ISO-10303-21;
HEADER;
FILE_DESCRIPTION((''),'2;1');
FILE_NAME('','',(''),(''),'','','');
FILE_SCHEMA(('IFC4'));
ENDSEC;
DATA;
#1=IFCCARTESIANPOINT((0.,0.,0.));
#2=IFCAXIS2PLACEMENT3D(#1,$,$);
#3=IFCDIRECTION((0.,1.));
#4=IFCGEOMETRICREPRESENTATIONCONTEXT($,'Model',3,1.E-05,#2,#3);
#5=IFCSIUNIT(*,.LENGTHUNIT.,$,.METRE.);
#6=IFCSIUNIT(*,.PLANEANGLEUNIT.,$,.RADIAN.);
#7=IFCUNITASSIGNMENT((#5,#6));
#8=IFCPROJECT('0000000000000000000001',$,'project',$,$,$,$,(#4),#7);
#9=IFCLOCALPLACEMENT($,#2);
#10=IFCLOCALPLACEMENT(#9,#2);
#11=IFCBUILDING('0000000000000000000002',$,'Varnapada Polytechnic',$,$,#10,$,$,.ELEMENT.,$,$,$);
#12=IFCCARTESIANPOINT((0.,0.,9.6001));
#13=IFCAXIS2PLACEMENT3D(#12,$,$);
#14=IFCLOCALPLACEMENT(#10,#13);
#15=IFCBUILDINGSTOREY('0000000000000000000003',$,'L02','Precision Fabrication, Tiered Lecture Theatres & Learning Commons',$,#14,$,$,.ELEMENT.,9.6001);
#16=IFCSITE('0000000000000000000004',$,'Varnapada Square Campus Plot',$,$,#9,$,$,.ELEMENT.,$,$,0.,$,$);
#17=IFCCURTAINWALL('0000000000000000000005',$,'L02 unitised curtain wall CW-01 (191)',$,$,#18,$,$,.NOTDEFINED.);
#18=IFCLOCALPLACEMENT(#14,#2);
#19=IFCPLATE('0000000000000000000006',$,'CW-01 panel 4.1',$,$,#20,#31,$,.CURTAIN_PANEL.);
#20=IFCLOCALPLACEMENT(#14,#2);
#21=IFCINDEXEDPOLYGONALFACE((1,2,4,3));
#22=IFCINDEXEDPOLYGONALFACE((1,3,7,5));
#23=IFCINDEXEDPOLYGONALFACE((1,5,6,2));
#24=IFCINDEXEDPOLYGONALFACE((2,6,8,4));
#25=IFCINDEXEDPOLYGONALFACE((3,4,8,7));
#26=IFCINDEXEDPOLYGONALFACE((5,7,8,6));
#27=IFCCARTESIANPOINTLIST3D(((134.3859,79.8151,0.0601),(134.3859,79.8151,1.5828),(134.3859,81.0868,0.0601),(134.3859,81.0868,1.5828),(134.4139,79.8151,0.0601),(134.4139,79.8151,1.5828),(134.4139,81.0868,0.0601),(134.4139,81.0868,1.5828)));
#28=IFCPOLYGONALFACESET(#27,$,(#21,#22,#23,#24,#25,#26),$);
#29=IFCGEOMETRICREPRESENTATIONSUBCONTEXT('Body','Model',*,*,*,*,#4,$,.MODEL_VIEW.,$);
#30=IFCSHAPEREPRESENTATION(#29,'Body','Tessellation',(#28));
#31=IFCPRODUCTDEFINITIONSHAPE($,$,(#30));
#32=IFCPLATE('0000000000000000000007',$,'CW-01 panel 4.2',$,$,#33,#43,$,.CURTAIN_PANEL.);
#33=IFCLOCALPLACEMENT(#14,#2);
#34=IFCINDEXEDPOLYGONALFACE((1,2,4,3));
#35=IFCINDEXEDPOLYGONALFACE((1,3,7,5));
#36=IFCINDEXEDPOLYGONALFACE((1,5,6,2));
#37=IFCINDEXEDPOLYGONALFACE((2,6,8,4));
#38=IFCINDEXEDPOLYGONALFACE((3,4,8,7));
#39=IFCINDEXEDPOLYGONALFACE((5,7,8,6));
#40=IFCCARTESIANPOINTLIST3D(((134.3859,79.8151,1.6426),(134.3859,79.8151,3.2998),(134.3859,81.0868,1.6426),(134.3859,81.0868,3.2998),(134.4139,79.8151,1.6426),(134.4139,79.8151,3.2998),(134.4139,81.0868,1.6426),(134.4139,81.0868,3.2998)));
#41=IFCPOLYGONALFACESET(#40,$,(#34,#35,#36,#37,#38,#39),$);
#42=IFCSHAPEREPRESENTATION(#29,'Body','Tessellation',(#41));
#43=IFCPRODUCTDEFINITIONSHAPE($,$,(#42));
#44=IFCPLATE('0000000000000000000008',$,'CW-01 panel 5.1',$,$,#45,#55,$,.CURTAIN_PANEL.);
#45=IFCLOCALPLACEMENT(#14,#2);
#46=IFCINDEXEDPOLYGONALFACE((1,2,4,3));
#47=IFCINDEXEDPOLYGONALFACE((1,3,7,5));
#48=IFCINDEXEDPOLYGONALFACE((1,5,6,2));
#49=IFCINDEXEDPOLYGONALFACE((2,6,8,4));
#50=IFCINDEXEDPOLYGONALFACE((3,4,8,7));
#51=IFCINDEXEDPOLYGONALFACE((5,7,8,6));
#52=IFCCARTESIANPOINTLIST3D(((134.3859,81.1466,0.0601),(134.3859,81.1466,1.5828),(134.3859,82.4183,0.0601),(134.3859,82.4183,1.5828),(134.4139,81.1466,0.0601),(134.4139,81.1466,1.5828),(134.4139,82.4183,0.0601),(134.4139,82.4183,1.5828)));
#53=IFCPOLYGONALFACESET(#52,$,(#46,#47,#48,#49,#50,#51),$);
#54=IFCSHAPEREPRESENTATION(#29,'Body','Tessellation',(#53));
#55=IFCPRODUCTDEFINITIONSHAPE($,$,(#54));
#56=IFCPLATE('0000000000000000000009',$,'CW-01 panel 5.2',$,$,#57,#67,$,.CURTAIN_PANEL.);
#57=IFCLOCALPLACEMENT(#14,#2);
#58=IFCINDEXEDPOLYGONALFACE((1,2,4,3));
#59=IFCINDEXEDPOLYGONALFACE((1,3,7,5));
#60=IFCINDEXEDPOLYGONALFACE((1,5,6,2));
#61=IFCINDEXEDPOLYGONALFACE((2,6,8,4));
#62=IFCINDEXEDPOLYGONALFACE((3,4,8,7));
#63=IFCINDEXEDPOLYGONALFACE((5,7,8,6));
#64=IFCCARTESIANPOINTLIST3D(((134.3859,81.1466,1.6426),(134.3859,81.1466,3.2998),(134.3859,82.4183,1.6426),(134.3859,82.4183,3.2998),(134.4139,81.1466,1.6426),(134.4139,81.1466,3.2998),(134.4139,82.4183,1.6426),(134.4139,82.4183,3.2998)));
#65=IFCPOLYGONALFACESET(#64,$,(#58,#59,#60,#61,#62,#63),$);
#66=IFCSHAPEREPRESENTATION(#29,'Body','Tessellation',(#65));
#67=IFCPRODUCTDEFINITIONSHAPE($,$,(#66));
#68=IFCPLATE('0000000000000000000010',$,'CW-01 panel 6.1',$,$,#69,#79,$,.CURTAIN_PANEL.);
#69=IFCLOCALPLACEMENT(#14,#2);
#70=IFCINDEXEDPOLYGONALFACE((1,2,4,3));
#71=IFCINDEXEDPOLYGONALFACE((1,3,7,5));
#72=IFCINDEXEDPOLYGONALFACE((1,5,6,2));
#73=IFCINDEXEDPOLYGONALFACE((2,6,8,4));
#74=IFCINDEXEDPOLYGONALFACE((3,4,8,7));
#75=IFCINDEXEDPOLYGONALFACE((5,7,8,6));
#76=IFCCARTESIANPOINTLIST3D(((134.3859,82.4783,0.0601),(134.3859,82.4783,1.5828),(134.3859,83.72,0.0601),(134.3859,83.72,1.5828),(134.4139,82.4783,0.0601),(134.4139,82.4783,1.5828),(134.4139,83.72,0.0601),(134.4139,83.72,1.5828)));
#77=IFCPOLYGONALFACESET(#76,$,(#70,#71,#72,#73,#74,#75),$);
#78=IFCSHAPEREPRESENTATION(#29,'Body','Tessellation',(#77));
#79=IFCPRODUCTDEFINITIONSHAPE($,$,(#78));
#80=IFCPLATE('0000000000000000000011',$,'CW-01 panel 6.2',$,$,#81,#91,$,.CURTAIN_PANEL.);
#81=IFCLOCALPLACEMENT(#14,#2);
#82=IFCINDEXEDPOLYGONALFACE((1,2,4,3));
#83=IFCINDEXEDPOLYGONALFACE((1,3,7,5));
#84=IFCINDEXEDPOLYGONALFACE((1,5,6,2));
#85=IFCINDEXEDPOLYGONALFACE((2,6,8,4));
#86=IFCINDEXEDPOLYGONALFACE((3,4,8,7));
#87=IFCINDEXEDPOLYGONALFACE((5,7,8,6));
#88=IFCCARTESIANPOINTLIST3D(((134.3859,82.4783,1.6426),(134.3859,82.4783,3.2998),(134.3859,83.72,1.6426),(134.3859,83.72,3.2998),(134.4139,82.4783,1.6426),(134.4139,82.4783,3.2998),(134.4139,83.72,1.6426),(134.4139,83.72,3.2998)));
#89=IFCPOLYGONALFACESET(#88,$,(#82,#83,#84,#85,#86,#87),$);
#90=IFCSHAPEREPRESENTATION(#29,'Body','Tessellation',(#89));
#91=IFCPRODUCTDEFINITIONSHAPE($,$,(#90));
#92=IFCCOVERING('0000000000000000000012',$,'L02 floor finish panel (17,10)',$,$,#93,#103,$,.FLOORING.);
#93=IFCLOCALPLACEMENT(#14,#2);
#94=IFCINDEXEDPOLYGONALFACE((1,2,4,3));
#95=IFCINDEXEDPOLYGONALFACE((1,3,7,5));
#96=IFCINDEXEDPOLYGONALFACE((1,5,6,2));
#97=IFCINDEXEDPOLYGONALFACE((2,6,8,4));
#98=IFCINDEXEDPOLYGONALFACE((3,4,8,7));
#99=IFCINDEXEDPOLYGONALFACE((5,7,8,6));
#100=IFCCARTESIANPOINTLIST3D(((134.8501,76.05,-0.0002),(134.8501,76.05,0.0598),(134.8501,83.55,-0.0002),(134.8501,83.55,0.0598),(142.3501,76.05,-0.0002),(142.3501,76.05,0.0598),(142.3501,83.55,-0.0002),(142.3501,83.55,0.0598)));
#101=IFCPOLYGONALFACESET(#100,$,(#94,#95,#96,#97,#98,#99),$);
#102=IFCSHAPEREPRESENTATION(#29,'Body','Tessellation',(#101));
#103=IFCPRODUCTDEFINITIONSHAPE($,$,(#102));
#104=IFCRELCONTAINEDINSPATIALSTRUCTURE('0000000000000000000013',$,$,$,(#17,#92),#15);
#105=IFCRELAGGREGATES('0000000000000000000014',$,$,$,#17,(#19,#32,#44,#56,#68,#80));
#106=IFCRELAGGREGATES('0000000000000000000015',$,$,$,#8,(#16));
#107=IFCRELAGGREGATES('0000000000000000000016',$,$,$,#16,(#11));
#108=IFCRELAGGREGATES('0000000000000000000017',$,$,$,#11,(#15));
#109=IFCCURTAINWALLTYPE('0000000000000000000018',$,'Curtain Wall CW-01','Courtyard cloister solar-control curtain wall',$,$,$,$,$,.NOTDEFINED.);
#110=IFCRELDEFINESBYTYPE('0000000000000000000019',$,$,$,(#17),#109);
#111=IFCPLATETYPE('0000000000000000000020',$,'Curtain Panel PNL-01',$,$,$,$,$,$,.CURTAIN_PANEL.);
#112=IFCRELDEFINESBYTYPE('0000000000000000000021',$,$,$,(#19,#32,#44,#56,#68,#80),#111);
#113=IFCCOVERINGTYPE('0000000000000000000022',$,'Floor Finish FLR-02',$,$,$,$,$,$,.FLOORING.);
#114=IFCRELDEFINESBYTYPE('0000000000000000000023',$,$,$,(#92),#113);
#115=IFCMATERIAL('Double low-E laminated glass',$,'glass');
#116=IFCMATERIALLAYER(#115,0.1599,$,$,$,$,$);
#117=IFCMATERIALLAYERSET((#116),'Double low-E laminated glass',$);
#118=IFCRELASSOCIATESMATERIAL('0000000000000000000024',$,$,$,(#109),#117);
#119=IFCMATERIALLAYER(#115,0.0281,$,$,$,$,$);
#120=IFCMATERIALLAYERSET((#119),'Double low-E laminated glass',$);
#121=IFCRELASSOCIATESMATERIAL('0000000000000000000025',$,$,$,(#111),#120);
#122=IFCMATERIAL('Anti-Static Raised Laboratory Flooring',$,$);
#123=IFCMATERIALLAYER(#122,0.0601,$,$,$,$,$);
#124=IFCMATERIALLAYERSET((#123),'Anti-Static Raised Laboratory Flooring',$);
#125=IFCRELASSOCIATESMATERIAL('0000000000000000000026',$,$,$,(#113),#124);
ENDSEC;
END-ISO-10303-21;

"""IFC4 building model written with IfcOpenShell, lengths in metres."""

from ifc_helpers import new_model, si_unit, direction, frame, origin, origin_2d, place, context, subcontext, project, spatial, rectangle, extrude, material, layer, layer_set, type_object, element, aggregate, save


model = new_model("IFC4")

# Units and contexts
model_context = context("Model", 3, precision=1e-05, world=origin(), true_north=direction((0.0, 1.0)))
body_context = subcontext(model_context, "Body", "Model", "MODEL_VIEW")
ifc_project = project(units=[si_unit("LENGTHUNIT", "METRE"), si_unit("PLANEANGLEUNIT", "RADIAN")], contexts=[model_context])

# Site, building, storey
site_placement = place(None, origin())
site = spatial("IfcSite", under=ifc_project, at=site_placement, Name="Varnapada Square Campus Plot", CompositionType="ELEMENT", RefElevation=0.0)
building_placement = place(site_placement, origin())
building = spatial("IfcBuilding", under=site, at=building_placement, Name="Varnapada Polytechnic", CompositionType="ELEMENT")
storey_placement = place(building_placement, frame((0.0, 0.0, 9.6001)))
storey = spatial("IfcBuildingStorey", under=building, at=storey_placement, Name="L02", Description="Precision Fabrication, Tiered Lecture Theatres & Learning Commons", CompositionType="ELEMENT", Elevation=9.6001)

# Curtain wall, plates
ifc_material_1 = material(Name="Double low-E laminated glass", Category="glass")
ifc_layer_1 = layer(ifc_material_1, 0.1599)
ifc_layer_set_1 = layer_set([ifc_layer_1], Name="Double low-E laminated glass")
curtain_wall_type = type_object("IfcCurtainWallType", Name="Curtain Wall CW-01", Description="Courtyard cloister solar-control curtain wall", PredefinedType="NOTDEFINED", material=ifc_layer_set_1)
curtain_wall_placement = place(storey_placement, origin())
curtain_wall = element("IfcCurtainWall", 1, at=curtain_wall_placement, inside=storey, type_object=curtain_wall_type, Name="L02 unitised curtain wall CW-01 (191)", PredefinedType="NOTDEFINED")
ifc_layer_2 = layer(ifc_material_1, 0.0281)
ifc_layer_set_2 = layer_set([ifc_layer_2], Name="Double low-E laminated glass")
plate_type = type_object("IfcPlateType", Name="Curtain Panel PNL-01", PredefinedType="CURTAIN_PANEL", material=ifc_layer_set_2)
plate_1_placement = place(storey_placement, frame((134.3999, 80.4509, 0.0601), z_axis=(0.0, 0.0, 1.0), x_axis=(0.0, 1.0, 0.0)))
plate_1 = element("IfcPlate", 2, at=plate_1_placement, type_object=plate_type, Name="CW-01 panel 4.1", PredefinedType="CURTAIN_PANEL", context=body_context, shape_type="SweptSolid", body=[
    extrude(rectangle(XDim=1.2717, YDim=0.0281, at=origin_2d()), origin(), (0.0, 0.0, 1.0), 1.5227),
])
plate_2_placement = place(storey_placement, frame((134.3999, 80.4509, 1.6426), z_axis=(0.0, 0.0, 1.0), x_axis=(0.0, 1.0, 0.0)))
plate_2 = element("IfcPlate", 3, at=plate_2_placement, type_object=plate_type, Name="CW-01 panel 4.2", PredefinedType="CURTAIN_PANEL", context=body_context, shape_type="SweptSolid", body=[
    extrude(rectangle(XDim=1.2717, YDim=0.0281, at=origin_2d()), origin(), (0.0, 0.0, 1.0), 1.6572),
])
plate_3_placement = place(storey_placement, frame((134.3999, 81.7825, 0.0601), z_axis=(0.0, 0.0, 1.0), x_axis=(0.0, 1.0, 0.0)))
plate_3 = element("IfcPlate", 4, at=plate_3_placement, type_object=plate_type, Name="CW-01 panel 5.1", PredefinedType="CURTAIN_PANEL", context=body_context, shape_type="SweptSolid", body=[
    extrude(rectangle(XDim=1.2717, YDim=0.0281, at=origin_2d()), origin(), (0.0, 0.0, 1.0), 1.5227),
])
plate_4_placement = place(storey_placement, frame((134.3999, 81.7825, 1.6426), z_axis=(0.0, 0.0, 1.0), x_axis=(0.0, 1.0, 0.0)))
plate_4 = element("IfcPlate", 5, at=plate_4_placement, type_object=plate_type, Name="CW-01 panel 5.2", PredefinedType="CURTAIN_PANEL", context=body_context, shape_type="SweptSolid", body=[
    extrude(rectangle(XDim=1.2717, YDim=0.0281, at=origin_2d()), origin(), (0.0, 0.0, 1.0), 1.6572),
])
plate_5_placement = place(storey_placement, frame((134.3999, 83.0991, 0.0601), z_axis=(0.0, 0.0, 1.0), x_axis=(0.0, 1.0, 0.0)))
plate_5 = element("IfcPlate", 6, at=plate_5_placement, type_object=plate_type, Name="CW-01 panel 6.1", PredefinedType="CURTAIN_PANEL", context=body_context, shape_type="SweptSolid", body=[
    extrude(rectangle(XDim=1.2417, YDim=0.0281, at=origin_2d()), origin(), (0.0, 0.0, 1.0), 1.5227),
])
plate_6_placement = place(storey_placement, frame((134.3999, 83.0991, 1.6426), z_axis=(0.0, 0.0, 1.0), x_axis=(0.0, 1.0, 0.0)))
plate_6 = element("IfcPlate", 7, at=plate_6_placement, type_object=plate_type, Name="CW-01 panel 6.2", PredefinedType="CURTAIN_PANEL", context=body_context, shape_type="SweptSolid", body=[
    extrude(rectangle(XDim=1.2417, YDim=0.0281, at=origin_2d()), origin(), (0.0, 0.0, 1.0), 1.6572),
])
aggregate(curtain_wall, [plate_1, plate_2, plate_3, plate_4, plate_5, plate_6])

# Covering
ifc_material_2 = material(Name="Anti-Static Raised Laboratory Flooring")
ifc_layer_3 = layer(ifc_material_2, 0.0601)
ifc_layer_set_3 = layer_set([ifc_layer_3], Name="Anti-Static Raised Laboratory Flooring")
covering_type = type_object("IfcCoveringType", Name="Floor Finish FLR-02", PredefinedType="FLOORING", material=ifc_layer_set_3)
covering_placement = place(storey_placement, frame((138.6001, 79.8, -0.0002), z_axis=(0.0, 0.0, 1.0), x_axis=(1.0, 0.0, 0.0)))
element("IfcCovering", 8, at=covering_placement, inside=storey, type_object=covering_type, Name="L02 floor finish panel (17,10)", PredefinedType="FLOORING", context=body_context, shape_type="SweptSolid", body=[
    extrude(rectangle(XDim=7.5, YDim=7.5, at=origin_2d()), origin(), (0.0, 0.0, 1.0), 0.0601),
])

save(model, "model.ifc")
